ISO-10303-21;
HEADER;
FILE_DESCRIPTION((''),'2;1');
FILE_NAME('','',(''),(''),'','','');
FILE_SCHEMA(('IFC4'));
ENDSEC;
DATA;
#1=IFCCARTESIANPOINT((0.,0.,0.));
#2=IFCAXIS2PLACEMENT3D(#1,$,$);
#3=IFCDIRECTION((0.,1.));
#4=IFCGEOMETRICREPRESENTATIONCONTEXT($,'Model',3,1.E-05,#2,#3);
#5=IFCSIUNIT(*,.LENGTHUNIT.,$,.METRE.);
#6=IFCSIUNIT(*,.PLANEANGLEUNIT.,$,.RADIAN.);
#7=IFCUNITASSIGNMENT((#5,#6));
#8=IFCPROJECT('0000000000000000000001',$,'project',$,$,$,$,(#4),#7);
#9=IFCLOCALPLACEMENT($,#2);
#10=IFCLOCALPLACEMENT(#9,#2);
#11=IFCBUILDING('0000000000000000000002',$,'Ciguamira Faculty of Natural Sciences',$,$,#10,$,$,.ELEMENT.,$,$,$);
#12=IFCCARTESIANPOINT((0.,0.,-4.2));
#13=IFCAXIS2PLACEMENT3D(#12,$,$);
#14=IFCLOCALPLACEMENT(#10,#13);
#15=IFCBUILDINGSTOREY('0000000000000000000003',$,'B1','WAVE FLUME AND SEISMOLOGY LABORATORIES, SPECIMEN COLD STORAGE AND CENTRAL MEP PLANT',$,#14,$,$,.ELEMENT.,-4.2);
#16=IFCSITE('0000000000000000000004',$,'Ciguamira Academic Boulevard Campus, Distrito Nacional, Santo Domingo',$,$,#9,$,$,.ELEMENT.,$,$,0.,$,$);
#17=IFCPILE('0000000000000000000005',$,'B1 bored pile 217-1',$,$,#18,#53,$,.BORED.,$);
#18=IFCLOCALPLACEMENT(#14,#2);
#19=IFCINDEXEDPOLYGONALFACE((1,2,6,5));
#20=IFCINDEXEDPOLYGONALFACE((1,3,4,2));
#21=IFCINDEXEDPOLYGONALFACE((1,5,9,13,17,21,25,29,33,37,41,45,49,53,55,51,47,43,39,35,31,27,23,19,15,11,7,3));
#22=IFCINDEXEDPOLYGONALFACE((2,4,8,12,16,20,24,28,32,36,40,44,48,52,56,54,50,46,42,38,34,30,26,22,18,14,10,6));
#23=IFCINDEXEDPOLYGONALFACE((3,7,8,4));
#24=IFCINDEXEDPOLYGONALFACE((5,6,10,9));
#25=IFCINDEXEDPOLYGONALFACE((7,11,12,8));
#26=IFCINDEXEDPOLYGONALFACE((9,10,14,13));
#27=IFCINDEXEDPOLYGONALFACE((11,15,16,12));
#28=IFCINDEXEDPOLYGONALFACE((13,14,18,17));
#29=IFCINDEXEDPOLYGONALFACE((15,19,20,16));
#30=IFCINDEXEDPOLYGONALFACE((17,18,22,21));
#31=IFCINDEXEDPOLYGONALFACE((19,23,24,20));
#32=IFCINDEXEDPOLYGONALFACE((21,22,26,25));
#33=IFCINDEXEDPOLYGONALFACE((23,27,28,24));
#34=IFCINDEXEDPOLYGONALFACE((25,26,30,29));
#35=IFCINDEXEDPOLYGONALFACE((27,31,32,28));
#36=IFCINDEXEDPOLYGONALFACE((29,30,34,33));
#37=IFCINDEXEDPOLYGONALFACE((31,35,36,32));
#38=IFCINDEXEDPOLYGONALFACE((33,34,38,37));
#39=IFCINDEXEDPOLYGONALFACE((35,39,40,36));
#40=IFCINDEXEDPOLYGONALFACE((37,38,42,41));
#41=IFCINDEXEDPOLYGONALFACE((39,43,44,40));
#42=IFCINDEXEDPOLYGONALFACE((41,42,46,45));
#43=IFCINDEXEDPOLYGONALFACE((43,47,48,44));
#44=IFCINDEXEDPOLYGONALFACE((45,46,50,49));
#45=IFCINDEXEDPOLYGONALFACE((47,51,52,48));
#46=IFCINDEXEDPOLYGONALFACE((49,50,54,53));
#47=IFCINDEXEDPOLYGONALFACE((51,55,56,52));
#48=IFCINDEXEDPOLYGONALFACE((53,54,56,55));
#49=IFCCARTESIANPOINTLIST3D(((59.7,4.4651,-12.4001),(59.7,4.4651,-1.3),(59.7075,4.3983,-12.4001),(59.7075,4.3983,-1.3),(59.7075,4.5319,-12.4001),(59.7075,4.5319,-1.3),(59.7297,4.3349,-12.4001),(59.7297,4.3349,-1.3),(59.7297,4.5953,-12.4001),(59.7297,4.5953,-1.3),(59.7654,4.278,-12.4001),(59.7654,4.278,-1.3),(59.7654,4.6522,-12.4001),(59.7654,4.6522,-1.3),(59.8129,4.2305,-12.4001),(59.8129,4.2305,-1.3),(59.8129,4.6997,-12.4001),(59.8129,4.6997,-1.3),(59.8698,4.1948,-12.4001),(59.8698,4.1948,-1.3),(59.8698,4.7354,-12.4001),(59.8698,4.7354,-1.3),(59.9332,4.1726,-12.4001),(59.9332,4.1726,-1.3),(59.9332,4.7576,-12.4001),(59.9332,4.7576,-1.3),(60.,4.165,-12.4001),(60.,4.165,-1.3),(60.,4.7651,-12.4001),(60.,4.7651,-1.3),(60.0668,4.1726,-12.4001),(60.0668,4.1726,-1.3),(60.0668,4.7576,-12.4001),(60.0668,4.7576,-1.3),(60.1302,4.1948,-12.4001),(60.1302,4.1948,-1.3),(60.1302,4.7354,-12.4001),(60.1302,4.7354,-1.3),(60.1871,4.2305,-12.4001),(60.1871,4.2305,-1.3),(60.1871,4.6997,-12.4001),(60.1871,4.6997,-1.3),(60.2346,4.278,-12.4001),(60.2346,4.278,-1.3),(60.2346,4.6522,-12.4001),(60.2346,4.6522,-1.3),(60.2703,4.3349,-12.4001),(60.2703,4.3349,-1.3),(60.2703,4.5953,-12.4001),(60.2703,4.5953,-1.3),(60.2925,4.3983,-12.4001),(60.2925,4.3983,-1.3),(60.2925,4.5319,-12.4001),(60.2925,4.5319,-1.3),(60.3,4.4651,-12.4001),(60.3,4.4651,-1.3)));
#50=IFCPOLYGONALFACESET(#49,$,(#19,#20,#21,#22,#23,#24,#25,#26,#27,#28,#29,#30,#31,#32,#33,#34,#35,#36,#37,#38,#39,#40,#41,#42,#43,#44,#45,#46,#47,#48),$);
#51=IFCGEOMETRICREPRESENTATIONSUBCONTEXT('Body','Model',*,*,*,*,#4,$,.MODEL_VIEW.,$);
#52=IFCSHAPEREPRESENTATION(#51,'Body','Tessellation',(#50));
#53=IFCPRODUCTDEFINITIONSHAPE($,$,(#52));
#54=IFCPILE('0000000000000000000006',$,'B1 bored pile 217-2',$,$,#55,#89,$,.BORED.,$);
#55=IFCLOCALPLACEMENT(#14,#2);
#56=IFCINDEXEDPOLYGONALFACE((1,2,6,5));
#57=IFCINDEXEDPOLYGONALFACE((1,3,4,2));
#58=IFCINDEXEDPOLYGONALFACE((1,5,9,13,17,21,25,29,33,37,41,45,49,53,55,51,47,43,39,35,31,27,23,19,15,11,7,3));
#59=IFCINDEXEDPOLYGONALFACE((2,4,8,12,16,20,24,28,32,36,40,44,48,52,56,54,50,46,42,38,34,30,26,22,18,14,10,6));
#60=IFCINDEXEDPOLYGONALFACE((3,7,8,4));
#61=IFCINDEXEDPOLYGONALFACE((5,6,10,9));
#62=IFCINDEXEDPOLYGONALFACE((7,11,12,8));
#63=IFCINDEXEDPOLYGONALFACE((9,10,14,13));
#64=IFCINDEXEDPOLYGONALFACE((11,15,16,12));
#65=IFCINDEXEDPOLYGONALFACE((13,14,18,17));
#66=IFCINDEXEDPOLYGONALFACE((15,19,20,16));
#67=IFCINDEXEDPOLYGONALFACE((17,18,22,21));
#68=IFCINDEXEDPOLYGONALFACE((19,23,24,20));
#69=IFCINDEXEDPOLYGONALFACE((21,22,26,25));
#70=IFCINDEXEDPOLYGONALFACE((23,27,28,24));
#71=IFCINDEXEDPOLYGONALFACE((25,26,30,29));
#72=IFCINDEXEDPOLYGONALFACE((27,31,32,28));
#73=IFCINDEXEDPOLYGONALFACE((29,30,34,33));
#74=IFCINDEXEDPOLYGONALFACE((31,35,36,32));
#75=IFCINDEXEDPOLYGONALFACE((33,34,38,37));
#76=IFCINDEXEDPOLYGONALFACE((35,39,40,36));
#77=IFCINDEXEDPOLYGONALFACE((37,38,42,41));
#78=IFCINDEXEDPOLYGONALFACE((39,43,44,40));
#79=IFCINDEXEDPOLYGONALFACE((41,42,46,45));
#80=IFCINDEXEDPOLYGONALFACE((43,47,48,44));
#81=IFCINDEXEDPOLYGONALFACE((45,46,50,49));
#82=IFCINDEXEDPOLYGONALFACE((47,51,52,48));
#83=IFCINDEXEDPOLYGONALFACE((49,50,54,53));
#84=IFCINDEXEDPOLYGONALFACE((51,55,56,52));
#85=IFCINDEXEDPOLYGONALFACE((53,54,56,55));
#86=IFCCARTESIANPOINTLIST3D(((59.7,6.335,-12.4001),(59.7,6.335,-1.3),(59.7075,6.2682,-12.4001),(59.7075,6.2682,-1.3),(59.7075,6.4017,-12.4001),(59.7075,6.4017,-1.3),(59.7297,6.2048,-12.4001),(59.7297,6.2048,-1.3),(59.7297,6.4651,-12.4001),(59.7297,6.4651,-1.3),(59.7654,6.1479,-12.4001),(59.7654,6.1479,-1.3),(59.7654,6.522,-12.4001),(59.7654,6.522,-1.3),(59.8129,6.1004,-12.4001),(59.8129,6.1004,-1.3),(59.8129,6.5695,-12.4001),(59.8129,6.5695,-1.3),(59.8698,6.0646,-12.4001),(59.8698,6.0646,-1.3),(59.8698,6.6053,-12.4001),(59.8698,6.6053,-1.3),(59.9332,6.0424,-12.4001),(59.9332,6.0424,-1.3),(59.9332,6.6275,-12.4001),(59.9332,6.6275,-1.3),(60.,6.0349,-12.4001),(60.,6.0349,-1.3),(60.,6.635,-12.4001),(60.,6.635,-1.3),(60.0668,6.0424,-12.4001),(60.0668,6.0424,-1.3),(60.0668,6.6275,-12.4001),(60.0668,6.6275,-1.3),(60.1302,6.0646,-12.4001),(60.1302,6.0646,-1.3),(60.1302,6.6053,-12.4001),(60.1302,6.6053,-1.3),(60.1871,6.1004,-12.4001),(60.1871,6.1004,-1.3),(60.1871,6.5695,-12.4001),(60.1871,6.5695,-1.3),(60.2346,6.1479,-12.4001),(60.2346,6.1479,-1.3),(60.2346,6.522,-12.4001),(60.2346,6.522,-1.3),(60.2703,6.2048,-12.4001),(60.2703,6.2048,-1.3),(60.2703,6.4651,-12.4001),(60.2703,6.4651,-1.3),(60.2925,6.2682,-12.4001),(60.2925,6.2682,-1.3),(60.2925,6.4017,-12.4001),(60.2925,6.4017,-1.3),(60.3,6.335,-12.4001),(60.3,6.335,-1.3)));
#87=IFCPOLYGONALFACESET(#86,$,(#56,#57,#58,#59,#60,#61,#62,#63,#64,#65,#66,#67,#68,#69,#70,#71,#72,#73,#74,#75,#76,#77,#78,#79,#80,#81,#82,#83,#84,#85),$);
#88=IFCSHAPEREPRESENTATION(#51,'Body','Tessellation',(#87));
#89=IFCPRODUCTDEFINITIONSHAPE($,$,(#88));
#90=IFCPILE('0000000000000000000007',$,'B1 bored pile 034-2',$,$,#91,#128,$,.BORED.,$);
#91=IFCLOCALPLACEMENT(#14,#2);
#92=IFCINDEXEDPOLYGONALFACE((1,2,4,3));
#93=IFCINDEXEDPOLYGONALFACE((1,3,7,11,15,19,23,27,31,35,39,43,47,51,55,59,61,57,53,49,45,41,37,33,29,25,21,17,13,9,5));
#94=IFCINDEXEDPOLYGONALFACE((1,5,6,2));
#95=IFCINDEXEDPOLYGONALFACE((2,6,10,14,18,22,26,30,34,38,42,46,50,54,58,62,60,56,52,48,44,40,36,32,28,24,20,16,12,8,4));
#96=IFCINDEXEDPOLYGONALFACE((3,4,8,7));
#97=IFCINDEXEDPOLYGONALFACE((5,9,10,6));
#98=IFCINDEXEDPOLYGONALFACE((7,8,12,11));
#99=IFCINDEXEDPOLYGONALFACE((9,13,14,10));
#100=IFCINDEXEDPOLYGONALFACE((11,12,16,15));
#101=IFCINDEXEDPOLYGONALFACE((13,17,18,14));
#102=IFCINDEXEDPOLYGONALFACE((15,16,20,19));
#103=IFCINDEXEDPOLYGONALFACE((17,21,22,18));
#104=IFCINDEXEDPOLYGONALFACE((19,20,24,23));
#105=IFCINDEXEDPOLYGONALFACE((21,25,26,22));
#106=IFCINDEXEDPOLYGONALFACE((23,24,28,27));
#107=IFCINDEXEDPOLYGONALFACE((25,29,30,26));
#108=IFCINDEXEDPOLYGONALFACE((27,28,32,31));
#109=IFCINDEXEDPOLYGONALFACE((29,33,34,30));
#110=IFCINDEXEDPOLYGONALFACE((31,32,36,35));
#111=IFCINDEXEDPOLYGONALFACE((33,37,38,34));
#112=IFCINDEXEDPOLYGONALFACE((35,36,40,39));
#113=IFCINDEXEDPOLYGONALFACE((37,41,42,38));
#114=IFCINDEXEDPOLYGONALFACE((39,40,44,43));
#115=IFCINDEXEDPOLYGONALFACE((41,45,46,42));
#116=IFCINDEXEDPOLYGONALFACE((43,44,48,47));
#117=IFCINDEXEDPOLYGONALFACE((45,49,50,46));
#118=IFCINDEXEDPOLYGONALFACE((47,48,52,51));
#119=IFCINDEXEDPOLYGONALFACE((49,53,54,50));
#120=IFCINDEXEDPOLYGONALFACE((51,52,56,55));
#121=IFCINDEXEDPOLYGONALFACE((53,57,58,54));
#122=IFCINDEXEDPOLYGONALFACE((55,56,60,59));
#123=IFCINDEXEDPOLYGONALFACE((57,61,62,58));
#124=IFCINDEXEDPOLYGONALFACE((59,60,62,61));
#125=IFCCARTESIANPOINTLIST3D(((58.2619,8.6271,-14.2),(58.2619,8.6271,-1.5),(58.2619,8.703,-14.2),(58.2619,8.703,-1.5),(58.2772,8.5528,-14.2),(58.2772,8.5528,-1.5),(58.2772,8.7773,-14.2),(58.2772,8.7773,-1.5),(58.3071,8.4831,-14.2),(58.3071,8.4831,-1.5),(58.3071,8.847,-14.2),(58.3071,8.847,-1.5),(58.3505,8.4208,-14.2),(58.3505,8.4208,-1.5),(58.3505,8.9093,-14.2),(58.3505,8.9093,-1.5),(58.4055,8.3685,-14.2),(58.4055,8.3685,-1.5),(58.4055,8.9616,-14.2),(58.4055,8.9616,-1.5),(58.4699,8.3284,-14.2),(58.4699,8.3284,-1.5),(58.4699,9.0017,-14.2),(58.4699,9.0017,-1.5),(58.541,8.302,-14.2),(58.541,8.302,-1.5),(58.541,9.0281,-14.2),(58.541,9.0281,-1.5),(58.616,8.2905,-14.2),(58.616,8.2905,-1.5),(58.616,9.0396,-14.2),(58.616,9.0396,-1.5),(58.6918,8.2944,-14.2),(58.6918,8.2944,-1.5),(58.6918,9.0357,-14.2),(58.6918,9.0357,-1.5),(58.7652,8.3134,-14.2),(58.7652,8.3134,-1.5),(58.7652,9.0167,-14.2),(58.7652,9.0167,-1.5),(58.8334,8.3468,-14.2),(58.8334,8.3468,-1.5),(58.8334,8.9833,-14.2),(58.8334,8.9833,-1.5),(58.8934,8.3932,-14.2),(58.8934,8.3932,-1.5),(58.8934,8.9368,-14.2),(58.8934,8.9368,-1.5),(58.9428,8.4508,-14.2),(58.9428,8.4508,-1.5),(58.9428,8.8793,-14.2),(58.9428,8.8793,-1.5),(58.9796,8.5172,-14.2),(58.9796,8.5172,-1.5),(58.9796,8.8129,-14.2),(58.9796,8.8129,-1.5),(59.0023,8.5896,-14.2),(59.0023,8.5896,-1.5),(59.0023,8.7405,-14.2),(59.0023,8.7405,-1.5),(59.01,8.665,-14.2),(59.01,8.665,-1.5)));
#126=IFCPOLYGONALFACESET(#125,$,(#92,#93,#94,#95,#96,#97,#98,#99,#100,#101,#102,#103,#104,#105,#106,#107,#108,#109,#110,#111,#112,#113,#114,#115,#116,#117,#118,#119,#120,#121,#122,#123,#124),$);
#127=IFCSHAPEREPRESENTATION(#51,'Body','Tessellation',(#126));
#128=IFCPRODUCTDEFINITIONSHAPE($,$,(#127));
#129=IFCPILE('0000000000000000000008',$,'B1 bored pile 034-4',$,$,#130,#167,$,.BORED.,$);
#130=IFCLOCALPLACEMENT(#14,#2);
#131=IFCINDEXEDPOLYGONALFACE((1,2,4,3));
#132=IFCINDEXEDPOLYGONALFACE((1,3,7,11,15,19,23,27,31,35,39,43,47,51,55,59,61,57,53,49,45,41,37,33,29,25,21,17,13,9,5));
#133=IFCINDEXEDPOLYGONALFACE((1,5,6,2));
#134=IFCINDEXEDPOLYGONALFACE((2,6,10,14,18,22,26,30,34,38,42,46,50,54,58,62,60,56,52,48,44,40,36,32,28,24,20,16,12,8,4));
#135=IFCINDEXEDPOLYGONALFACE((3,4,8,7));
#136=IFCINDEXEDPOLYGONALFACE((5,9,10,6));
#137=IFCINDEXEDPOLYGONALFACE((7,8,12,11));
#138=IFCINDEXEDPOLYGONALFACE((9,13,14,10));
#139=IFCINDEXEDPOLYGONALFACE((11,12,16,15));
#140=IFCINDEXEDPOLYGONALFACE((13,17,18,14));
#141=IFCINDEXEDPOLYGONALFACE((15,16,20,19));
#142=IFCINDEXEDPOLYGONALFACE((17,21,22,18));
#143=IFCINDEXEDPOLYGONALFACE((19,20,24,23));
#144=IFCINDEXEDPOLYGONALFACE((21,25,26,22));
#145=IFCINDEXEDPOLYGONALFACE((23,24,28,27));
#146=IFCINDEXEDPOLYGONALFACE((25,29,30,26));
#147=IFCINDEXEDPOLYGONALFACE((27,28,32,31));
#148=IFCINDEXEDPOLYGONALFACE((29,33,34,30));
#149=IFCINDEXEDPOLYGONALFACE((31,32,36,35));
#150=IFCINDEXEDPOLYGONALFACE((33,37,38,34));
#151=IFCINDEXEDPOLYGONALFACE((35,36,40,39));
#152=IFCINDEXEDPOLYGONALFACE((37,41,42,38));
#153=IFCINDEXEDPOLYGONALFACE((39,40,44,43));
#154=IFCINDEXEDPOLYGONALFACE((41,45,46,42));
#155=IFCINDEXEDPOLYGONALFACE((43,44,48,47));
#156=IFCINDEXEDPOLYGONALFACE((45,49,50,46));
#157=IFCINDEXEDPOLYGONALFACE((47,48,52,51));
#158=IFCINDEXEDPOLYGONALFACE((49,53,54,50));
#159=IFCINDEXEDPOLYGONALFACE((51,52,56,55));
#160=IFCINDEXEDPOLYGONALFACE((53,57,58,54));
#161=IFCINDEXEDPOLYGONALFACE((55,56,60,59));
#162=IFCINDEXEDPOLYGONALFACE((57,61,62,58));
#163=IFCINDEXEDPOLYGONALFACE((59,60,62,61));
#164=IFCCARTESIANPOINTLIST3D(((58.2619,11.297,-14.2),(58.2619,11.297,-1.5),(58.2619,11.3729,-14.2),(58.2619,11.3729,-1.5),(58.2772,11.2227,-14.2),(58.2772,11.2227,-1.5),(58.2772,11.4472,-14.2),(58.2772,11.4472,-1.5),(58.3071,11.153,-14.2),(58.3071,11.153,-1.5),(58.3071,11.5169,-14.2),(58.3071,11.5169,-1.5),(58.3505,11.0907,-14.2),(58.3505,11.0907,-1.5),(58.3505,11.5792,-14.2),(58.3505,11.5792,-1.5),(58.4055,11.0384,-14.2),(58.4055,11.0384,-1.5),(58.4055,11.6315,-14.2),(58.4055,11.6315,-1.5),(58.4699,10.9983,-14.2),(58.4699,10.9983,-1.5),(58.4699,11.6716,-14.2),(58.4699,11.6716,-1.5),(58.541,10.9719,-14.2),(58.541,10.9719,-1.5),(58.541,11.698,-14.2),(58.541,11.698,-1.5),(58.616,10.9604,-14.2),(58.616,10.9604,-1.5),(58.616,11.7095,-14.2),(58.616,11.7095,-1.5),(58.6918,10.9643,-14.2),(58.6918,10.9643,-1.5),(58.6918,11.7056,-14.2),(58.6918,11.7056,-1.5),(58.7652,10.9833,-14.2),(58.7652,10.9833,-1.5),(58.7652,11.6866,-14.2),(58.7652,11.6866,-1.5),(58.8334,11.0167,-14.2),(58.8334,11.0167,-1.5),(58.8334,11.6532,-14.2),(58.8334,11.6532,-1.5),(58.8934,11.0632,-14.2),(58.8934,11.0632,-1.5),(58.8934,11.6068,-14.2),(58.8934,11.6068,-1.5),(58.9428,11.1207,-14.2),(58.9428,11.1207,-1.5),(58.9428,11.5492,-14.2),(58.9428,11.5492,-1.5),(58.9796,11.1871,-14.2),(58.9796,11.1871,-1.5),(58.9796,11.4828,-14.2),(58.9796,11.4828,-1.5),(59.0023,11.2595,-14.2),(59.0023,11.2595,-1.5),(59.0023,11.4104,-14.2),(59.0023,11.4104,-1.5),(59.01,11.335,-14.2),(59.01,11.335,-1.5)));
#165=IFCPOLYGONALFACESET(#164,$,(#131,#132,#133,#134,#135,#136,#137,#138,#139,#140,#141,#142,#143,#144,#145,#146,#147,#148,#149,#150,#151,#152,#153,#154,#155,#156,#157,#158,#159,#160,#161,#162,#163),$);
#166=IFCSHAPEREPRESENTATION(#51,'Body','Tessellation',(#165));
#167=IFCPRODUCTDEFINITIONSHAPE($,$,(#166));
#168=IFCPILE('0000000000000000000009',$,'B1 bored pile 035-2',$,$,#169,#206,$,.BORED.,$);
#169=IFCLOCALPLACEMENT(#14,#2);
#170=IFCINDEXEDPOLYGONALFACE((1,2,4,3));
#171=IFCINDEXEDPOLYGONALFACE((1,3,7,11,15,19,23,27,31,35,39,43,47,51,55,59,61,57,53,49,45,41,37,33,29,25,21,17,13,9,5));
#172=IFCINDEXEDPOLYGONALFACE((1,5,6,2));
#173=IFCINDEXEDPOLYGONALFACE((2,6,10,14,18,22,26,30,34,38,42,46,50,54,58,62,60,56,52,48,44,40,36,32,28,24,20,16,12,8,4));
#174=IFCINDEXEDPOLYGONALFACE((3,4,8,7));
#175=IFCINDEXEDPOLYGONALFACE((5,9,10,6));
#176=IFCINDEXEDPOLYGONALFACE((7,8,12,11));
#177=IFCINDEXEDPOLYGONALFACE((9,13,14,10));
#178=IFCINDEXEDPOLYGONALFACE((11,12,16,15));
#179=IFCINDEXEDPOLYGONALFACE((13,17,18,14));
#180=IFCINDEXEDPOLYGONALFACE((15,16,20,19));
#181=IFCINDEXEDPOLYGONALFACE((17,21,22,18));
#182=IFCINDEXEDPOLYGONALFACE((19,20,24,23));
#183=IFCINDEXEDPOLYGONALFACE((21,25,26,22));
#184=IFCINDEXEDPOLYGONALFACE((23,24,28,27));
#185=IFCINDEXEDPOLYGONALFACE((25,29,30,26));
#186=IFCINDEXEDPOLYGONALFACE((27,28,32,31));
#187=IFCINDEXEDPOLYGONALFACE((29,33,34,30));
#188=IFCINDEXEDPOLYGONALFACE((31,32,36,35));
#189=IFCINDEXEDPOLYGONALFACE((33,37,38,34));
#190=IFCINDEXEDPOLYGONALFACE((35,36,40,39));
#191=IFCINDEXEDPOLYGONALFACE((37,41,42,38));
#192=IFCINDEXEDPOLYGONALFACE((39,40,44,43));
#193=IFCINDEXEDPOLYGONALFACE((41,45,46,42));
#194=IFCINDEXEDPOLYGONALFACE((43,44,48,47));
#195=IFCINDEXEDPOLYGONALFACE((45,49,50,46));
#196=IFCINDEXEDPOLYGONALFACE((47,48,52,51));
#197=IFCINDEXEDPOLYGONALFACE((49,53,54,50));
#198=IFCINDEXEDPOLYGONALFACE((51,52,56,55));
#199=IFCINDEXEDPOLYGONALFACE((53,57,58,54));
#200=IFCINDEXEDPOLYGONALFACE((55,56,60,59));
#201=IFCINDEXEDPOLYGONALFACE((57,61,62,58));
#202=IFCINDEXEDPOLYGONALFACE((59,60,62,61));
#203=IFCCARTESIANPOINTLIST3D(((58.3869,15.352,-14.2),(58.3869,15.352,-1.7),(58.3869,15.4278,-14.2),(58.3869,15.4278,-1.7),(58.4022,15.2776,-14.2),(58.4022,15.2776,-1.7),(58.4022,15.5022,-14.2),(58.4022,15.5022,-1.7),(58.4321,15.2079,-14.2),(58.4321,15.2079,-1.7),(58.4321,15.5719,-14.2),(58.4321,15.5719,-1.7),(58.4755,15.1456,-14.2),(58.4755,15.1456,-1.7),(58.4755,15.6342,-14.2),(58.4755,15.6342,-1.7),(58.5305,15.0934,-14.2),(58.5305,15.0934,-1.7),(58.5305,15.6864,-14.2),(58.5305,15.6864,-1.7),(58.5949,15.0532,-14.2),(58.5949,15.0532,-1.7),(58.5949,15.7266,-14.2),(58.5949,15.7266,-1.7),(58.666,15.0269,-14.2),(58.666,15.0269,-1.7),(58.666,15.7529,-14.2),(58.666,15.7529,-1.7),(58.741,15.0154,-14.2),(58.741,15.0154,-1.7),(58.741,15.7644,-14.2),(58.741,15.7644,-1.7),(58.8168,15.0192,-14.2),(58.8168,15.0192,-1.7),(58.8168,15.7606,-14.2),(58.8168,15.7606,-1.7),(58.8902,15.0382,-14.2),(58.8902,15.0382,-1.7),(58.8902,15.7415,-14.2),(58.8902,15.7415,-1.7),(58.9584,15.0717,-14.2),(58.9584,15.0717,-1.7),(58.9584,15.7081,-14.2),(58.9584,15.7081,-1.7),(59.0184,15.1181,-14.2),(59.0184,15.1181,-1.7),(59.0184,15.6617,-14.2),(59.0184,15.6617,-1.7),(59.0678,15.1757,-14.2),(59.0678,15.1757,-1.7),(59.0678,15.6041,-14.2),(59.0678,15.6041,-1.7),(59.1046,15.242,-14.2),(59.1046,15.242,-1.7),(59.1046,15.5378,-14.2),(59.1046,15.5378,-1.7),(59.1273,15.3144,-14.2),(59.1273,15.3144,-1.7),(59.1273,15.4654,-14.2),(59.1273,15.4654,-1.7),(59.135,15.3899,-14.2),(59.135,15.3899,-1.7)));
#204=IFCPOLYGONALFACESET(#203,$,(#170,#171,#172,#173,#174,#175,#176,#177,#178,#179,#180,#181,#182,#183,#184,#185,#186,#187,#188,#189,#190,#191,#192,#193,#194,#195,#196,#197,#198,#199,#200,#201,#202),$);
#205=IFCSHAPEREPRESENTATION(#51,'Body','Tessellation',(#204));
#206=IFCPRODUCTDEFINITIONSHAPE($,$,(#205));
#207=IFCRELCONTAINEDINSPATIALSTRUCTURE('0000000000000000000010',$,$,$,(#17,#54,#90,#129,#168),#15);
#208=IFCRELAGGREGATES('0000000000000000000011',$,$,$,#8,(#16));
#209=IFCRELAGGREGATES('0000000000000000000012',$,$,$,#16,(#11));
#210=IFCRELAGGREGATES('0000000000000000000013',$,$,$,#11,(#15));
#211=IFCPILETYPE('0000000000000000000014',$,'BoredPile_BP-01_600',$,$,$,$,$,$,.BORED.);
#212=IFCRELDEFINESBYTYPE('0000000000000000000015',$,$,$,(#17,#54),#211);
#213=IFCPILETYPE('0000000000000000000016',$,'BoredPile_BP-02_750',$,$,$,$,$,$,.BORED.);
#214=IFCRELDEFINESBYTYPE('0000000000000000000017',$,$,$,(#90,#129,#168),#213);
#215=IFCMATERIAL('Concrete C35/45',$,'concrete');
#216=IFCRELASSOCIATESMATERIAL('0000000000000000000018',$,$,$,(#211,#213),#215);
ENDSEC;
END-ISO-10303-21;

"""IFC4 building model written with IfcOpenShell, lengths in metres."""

from ifc_helpers import new_model, si_unit, direction, frame, origin, origin_2d, place, context, subcontext, project, spatial, circle, extrude, material, material_profile, profile_set, type_object, element, save


model = new_model("IFC4")

# Units and contexts
model_context = context("Model", 3, precision=1e-05, world=origin(), true_north=direction((0.0, 1.0)))
body_context = subcontext(model_context, "Body", "Model", "MODEL_VIEW")
ifc_project = project(units=[si_unit("LENGTHUNIT", "METRE"), si_unit("PLANEANGLEUNIT", "RADIAN")], contexts=[model_context])

# Site, building, storey
site_placement = place(None, origin())
site = spatial("IfcSite", under=ifc_project, at=site_placement, Name="Ciguamira Academic Boulevard Campus, Distrito Nacional, Santo Domingo", CompositionType="ELEMENT", RefElevation=0.0)
building_placement = place(site_placement, origin())
building = spatial("IfcBuilding", under=site, at=building_placement, Name="Ciguamira Faculty of Natural Sciences", CompositionType="ELEMENT")
storey_placement = place(building_placement, frame((0.0, 0.0, -4.2)))
storey = spatial("IfcBuildingStorey", under=building, at=storey_placement, Name="B1", Description="WAVE FLUME AND SEISMOLOGY LABORATORIES, SPECIMEN COLD STORAGE AND CENTRAL MEP PLANT", CompositionType="ELEMENT", Elevation=-4.2)

# Piles
ifc_material_1 = material(Name="Concrete C35/45", Category="concrete")
ifc_material_profile_1 = material_profile(ifc_material_1, circle(Radius=0.3, at=origin_2d()), Name="PILE-BORED-600")
ifc_profile_set_1 = profile_set([ifc_material_profile_1], Name="Concrete C35/45")
pile_type_1 = type_object("IfcPileType", Name="BoredPile_BP-01_600", PredefinedType="BORED", material=ifc_profile_set_1)
for number, where, z_axis, x_axis, name in (
    (1, (60.0, 4.4651, -1.3), (0.0, 0.0, -1.0), (1.0, 0.0, 0.0), "B1 bored pile 217-1"),
    (2, (60.0, 6.335, -1.3), (0.0, 0.0, -1.0), (1.0, 0.0, 0.0), "B1 bored pile 217-2"),
):
    element("IfcPile", number, at=place(storey_placement, frame(where, z_axis=z_axis, x_axis=x_axis)), inside=storey, type_object=pile_type_1, Name=name, PredefinedType="BORED", context=body_context, shape_type="SweptSolid", body=[
        extrude(circle(Radius=0.3, at=origin_2d()), origin(), (0.0, 0.0, 1.0), 11.1001),
    ])
ifc_material_profile_2 = material_profile(ifc_material_1, circle(Radius=0.375, at=origin_2d()), Name="PILE-BORED-750")
ifc_profile_set_2 = profile_set([ifc_material_profile_2], Name="Concrete C35/45")
pile_type_2 = type_object("IfcPileType", Name="BoredPile_BP-02_750", PredefinedType="BORED", material=ifc_profile_set_2)
for number, where, z_axis, x_axis, name in (
    (3, (58.635, 8.665, -1.5), (0.0, 0.0, -1.0), (1.0, 0.0, 0.0), "B1 bored pile 034-2"),
    (4, (58.635, 11.335, -1.5), (0.0, 0.0, -1.0), (1.0, 0.0, 0.0), "B1 bored pile 034-4"),
):
    element("IfcPile", number, at=place(storey_placement, frame(where, z_axis=z_axis, x_axis=x_axis)), inside=storey, type_object=pile_type_2, Name=name, PredefinedType="BORED", context=body_context, shape_type="SweptSolid", body=[
        extrude(circle(Radius=0.375, at=origin_2d()), origin(), (0.0, 0.0, 1.0), 12.7),
    ])
pile_1_placement = place(storey_placement, frame((58.76, 15.3899, -1.7), z_axis=(0.0, 0.0, -1.0), x_axis=(1.0, 0.0, 0.0)))
element("IfcPile", 5, at=pile_1_placement, inside=storey, type_object=pile_type_2, Name="B1 bored pile 035-2", PredefinedType="BORED", context=body_context, shape_type="SweptSolid", body=[
    extrude(circle(Radius=0.375, at=origin_2d()), origin(), (0.0, 0.0, 1.0), 12.5),
])

save(model, "model.ifc")
